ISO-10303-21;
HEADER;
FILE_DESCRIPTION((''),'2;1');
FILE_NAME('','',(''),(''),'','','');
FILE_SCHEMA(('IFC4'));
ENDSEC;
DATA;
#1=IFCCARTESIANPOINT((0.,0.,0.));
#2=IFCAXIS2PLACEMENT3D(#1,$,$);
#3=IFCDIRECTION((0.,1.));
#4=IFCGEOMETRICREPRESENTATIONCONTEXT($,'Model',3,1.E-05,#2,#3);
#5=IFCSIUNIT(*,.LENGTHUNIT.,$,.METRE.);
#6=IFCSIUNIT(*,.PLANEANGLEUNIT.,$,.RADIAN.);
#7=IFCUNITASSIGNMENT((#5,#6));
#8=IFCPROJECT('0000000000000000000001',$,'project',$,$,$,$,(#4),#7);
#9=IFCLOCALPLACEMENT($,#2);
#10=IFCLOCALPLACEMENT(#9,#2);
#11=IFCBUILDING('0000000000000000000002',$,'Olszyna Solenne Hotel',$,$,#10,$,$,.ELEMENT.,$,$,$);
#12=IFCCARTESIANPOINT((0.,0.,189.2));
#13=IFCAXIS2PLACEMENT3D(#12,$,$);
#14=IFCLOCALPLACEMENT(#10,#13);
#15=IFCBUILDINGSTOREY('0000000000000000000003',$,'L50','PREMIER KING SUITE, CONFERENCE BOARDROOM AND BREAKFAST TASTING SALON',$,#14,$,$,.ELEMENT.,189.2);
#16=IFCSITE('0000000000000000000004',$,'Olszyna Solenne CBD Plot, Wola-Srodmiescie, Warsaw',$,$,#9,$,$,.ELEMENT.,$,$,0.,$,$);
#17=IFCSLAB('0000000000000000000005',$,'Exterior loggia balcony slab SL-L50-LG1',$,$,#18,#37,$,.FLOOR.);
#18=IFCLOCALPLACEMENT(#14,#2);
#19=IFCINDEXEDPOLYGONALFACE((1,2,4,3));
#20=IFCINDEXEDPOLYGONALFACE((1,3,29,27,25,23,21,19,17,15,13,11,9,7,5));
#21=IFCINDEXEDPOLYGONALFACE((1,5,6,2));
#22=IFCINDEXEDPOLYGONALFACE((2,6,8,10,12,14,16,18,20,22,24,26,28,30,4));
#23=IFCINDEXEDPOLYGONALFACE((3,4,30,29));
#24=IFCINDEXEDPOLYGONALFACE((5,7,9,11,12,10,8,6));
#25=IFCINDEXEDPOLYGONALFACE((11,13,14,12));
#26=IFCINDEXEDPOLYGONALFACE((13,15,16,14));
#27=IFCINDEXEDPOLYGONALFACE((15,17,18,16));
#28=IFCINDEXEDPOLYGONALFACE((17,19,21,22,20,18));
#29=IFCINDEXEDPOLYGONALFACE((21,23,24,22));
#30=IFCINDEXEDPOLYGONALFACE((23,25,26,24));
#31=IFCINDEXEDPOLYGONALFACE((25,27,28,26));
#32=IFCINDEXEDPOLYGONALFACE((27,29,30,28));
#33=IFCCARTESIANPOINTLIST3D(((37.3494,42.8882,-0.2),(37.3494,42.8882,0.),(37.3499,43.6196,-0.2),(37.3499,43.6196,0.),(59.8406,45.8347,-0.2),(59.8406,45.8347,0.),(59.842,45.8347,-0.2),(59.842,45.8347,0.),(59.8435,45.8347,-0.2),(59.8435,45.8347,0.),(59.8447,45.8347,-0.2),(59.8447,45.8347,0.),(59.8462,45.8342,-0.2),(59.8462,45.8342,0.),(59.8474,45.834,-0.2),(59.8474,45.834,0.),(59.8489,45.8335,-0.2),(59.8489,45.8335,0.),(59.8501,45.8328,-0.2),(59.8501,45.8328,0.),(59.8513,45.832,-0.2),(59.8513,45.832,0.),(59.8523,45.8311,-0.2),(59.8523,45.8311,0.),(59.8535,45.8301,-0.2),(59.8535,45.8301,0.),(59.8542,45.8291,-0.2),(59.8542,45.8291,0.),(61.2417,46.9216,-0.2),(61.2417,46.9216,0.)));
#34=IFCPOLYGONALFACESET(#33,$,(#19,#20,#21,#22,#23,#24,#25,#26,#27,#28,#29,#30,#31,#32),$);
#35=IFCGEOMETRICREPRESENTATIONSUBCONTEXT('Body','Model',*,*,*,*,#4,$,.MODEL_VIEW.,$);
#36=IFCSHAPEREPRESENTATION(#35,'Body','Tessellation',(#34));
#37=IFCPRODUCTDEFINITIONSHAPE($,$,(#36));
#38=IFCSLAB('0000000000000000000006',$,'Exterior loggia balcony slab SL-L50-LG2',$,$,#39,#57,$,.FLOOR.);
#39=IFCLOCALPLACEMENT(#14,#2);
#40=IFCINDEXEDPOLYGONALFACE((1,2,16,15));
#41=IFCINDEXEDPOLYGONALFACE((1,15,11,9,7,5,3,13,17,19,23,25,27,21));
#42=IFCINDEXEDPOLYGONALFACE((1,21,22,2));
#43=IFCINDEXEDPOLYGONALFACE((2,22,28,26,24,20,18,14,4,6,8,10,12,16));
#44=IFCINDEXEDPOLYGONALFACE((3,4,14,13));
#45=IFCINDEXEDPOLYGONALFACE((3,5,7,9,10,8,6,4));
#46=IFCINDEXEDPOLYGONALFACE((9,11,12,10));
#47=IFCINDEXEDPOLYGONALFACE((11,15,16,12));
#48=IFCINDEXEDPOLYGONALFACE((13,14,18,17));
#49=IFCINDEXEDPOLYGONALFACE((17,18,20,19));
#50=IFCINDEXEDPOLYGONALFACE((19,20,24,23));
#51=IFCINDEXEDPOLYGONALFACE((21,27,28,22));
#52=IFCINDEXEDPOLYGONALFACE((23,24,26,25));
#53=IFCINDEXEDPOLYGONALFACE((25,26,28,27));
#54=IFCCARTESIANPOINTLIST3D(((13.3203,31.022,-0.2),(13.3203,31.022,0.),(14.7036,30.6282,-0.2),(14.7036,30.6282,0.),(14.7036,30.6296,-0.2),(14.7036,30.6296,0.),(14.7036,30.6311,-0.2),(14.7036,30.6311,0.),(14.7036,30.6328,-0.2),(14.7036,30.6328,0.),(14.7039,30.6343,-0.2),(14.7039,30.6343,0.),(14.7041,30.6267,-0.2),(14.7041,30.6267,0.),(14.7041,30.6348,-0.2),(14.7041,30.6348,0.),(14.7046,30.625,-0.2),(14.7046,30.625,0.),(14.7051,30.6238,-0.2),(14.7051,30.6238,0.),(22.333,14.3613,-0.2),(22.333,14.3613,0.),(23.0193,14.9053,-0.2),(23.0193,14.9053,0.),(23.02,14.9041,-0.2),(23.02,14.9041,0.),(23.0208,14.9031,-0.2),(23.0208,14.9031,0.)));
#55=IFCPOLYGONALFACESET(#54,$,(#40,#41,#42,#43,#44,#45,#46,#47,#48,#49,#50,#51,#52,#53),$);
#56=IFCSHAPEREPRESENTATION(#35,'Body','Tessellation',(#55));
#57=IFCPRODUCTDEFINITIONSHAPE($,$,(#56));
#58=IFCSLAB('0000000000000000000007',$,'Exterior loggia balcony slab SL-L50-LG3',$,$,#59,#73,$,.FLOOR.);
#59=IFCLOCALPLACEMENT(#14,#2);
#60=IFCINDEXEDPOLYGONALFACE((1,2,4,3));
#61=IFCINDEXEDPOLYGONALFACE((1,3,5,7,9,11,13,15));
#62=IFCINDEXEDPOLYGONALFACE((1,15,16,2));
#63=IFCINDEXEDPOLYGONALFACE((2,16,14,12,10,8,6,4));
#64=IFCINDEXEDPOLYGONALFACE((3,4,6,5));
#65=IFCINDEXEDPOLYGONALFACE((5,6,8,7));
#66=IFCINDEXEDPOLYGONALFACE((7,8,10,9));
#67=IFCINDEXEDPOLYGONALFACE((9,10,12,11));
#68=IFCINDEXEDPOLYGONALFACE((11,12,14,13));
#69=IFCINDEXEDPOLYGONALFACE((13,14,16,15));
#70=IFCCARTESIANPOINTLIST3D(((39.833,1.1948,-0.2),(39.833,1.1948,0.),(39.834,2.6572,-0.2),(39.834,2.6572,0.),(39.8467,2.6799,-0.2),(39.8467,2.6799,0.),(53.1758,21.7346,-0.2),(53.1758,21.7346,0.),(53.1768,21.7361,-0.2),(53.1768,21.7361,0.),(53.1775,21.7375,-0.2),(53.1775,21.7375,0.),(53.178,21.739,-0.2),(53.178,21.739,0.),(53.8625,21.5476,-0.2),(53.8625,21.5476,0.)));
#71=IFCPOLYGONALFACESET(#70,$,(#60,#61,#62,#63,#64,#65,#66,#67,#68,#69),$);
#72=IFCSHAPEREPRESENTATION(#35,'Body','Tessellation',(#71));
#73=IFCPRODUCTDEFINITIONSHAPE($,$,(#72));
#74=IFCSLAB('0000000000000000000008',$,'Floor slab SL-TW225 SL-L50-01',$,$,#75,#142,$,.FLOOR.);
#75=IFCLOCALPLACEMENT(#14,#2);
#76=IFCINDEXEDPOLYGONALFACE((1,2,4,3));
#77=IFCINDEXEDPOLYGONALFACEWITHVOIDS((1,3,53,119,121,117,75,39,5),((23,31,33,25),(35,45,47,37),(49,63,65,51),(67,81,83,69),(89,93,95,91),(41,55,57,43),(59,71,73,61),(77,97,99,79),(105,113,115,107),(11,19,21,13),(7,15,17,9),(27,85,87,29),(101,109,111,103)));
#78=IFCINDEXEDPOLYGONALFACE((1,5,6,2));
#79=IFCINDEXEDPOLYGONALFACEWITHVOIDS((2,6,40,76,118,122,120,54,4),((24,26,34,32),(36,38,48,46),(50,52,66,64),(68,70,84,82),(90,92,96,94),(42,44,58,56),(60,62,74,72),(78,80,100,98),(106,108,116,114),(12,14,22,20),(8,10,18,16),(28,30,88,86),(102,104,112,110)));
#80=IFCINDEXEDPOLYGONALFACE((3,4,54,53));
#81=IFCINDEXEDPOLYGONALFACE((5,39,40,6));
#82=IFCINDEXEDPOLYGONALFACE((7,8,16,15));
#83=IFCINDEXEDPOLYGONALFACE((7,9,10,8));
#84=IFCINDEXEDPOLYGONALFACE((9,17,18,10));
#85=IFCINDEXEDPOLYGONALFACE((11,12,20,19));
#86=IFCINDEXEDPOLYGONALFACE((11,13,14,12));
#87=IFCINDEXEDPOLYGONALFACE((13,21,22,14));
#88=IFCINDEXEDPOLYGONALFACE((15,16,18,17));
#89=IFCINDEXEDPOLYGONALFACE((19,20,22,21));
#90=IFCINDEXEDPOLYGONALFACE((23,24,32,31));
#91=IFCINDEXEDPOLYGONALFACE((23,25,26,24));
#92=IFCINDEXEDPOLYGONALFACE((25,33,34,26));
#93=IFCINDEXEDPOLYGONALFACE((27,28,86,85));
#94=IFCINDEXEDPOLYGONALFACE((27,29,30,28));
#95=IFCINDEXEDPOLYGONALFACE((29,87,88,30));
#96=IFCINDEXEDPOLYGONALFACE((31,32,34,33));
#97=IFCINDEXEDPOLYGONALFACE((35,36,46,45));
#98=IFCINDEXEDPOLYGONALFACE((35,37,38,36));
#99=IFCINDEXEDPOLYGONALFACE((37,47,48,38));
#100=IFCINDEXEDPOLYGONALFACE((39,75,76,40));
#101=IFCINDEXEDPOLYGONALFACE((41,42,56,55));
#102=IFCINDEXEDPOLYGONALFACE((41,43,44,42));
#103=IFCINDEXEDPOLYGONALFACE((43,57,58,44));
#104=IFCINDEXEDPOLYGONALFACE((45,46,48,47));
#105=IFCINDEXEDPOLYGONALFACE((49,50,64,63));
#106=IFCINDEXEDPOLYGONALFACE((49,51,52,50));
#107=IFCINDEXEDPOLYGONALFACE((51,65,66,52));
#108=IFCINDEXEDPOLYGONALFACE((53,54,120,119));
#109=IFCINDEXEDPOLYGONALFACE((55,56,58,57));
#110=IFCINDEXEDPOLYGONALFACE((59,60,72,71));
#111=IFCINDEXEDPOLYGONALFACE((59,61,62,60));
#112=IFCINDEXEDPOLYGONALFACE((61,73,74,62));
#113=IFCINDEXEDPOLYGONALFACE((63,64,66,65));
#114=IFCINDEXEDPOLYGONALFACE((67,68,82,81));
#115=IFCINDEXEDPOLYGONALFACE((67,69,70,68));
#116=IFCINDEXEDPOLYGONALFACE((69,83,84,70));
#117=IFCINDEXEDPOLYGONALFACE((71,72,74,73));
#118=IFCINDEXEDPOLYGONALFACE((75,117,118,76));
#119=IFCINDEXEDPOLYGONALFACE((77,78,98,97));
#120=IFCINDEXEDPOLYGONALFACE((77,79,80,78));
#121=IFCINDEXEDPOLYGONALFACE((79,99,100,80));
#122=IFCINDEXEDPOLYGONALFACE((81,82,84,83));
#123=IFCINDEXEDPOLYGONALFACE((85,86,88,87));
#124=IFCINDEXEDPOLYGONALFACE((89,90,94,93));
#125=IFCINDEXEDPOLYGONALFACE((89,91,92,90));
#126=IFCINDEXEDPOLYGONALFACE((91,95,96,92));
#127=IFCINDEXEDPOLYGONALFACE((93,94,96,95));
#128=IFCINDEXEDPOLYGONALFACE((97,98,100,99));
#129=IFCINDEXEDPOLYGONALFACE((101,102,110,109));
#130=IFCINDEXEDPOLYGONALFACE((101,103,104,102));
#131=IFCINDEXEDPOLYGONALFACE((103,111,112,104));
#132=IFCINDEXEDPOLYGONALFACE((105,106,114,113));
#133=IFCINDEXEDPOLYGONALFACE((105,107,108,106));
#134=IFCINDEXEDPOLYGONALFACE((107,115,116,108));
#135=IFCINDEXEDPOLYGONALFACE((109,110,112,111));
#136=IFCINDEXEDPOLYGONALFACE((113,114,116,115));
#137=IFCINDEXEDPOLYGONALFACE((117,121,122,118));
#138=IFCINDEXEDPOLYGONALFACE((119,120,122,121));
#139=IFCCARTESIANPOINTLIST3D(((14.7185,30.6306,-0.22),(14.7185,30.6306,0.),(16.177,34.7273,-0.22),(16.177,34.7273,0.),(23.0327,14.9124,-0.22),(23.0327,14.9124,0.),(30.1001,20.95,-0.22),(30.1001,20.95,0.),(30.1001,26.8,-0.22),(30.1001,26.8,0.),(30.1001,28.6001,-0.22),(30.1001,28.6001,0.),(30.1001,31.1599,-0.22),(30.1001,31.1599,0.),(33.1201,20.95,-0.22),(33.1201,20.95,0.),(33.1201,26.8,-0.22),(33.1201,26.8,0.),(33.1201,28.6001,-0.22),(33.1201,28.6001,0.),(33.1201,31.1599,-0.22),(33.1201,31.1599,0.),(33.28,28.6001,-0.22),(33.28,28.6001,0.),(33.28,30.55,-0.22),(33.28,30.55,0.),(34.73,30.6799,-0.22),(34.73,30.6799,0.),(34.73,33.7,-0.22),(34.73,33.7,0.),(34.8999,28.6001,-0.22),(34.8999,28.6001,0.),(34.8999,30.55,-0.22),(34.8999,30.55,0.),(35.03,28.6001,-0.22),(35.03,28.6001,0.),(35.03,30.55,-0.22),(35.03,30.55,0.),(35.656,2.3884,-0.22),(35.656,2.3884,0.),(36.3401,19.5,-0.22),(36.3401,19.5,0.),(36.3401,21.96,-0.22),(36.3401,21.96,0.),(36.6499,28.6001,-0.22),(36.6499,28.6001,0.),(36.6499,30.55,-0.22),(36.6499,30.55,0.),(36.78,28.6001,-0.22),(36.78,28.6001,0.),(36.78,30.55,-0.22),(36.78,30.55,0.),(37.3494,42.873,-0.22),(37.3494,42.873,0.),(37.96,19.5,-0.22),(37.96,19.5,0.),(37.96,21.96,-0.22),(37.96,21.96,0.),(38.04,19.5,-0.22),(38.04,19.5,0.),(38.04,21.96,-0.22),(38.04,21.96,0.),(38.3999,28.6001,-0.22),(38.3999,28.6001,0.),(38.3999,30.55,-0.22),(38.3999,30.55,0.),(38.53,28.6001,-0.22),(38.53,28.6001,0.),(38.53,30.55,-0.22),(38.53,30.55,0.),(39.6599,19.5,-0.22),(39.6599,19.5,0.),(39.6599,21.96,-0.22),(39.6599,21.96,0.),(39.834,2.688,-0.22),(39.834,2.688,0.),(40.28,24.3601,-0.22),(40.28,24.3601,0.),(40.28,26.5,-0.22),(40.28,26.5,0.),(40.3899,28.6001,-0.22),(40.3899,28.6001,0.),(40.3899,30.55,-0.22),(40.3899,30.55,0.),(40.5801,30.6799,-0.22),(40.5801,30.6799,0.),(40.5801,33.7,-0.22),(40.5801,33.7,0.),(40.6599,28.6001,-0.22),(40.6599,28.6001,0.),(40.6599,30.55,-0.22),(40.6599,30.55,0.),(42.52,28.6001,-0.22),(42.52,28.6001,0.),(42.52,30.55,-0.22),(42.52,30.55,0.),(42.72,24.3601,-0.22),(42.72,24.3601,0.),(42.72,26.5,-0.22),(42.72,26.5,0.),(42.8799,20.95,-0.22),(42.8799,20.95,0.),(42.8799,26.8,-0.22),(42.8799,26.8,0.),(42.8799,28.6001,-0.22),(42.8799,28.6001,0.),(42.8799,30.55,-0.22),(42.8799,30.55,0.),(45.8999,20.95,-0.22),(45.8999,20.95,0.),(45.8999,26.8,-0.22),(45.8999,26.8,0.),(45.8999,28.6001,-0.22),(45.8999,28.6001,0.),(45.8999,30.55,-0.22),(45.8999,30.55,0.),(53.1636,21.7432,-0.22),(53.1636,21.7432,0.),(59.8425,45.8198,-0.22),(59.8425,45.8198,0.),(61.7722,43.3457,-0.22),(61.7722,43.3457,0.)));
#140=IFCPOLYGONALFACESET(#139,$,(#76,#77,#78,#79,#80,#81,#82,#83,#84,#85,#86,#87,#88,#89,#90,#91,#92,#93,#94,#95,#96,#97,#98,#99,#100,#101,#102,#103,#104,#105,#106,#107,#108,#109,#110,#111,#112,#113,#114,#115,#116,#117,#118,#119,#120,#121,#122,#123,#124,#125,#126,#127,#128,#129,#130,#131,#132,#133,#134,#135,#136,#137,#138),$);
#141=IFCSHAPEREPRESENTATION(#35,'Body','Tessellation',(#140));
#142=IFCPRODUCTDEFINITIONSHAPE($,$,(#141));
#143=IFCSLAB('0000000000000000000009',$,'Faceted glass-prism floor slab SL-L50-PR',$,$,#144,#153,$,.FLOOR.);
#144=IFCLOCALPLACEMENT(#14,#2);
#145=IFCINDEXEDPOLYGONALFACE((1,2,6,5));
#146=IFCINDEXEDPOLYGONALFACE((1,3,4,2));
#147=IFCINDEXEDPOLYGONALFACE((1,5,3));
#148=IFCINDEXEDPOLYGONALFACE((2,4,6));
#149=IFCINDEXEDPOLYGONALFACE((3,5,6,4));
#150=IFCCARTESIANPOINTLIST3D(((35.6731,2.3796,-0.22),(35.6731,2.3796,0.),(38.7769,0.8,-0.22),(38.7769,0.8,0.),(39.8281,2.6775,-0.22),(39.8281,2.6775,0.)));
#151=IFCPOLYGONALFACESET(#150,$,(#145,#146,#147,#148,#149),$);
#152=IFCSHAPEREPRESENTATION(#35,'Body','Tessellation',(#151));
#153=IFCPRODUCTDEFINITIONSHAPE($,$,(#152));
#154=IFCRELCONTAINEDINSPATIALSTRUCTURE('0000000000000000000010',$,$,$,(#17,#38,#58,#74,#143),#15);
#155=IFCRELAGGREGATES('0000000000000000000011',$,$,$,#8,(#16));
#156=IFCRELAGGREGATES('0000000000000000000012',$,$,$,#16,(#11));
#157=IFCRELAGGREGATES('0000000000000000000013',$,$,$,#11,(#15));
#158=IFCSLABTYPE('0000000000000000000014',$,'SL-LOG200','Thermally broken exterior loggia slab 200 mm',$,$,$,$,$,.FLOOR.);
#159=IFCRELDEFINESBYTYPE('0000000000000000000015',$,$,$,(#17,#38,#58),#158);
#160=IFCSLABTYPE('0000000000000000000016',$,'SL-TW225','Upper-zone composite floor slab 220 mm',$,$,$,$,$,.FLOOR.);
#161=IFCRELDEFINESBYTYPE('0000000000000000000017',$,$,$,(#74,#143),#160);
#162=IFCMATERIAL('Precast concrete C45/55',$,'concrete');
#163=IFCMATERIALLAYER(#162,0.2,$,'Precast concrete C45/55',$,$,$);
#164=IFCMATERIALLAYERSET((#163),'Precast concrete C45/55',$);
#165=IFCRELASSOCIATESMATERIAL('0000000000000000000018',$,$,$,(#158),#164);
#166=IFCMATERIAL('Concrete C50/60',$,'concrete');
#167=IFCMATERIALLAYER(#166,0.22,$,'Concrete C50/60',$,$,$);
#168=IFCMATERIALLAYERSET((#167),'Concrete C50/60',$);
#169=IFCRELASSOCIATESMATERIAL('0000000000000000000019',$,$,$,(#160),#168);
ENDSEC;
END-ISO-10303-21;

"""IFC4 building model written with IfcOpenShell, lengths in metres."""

from ifc_helpers import new_model, si_unit, direction, frame, origin, place, context, subcontext, project, spatial, polyline, outline, extrude, material, layer, layer_set, type_object, element, save


model = new_model("IFC4")

# Units and contexts
model_context = context("Model", 3, precision=1e-05, world=origin(), true_north=direction((0.0, 1.0)))
body_context = subcontext(model_context, "Body", "Model", "MODEL_VIEW")
ifc_project = project(units=[si_unit("LENGTHUNIT", "METRE"), si_unit("PLANEANGLEUNIT", "RADIAN")], contexts=[model_context])

# Site, building, storey
site_placement = place(None, origin())
site = spatial("IfcSite", under=ifc_project, at=site_placement, Name="Olszyna Solenne CBD Plot, Wola-Srodmiescie, Warsaw", CompositionType="ELEMENT", RefElevation=0.0)
building_placement = place(site_placement, origin())
building = spatial("IfcBuilding", under=site, at=building_placement, Name="Olszyna Solenne Hotel", CompositionType="ELEMENT")
storey_placement = place(building_placement, frame((0.0, 0.0, 189.2)))
storey = spatial("IfcBuildingStorey", under=building, at=storey_placement, Name="L50", Description="PREMIER KING SUITE, CONFERENCE BOARDROOM AND BREAKFAST TASTING SALON", CompositionType="ELEMENT", Elevation=189.2)

# Slabs
ifc_material_1 = material(Name="Precast concrete C45/55", Category="concrete")
ifc_layer_1 = layer(ifc_material_1, 0.2, Name="Precast concrete C45/55")
ifc_layer_set_1 = layer_set([ifc_layer_1], Name="Precast concrete C45/55")
slab_type_1 = type_object("IfcSlabType", Name="SL-LOG200", Description="Thermally broken exterior loggia slab 200 mm", PredefinedType="FLOOR", material=ifc_layer_set_1)
slab_1_placement = place(storey_placement, frame((0.0, 0.0, -0.2)))
element("IfcSlab", 1, at=slab_1_placement, inside=storey, type_object=slab_type_1, Name="Exterior loggia balcony slab SL-L50-LG1", PredefinedType="FLOOR", context=body_context, shape_type="SweptSolid", body=[
    extrude(outline(polyline([(37.3494, 42.8882), (59.8406, 45.8347), (59.842, 45.8347), (59.8435, 45.8347), (59.8447, 45.8347), (59.8462, 45.8342), (59.8474, 45.834), (59.8489, 45.8335), (59.8501, 45.8328), (59.8513, 45.832), (59.8523, 45.8311), (59.8535, 45.8301), (59.8542, 45.8291), (61.2417, 46.9216), (37.3499, 43.6196), (37.3494, 42.8882)])), origin(), (0.0, 0.0, 1.0), 0.2),
])
slab_2_placement = place(storey_placement, frame((0.0, 0.0, -0.2)))
element("IfcSlab", 2, at=slab_2_placement, inside=storey, type_object=slab_type_1, Name="Exterior loggia balcony slab SL-L50-LG2", PredefinedType="FLOOR", context=body_context, shape_type="SweptSolid", body=[
    extrude(outline(polyline([(23.0208, 14.9031), (23.02, 14.9041), (23.0193, 14.9053), (14.7051, 30.6238), (14.7046, 30.625), (14.7041, 30.6267), (14.7036, 30.6282), (14.7036, 30.6296), (14.7036, 30.6311), (14.7036, 30.6328), (14.7039, 30.6343), (14.7041, 30.6348), (13.3203, 31.022), (22.333, 14.3613), (23.0208, 14.9031)])), origin(), (0.0, 0.0, 1.0), 0.2),
])
slab_3_placement = place(storey_placement, frame((0.0, 0.0, -0.2)))
element("IfcSlab", 3, at=slab_3_placement, inside=storey, type_object=slab_type_1, Name="Exterior loggia balcony slab SL-L50-LG3", PredefinedType="FLOOR", context=body_context, shape_type="SweptSolid", body=[
    extrude(outline(polyline([(53.178, 21.739), (53.1775, 21.7375), (53.1768, 21.7361), (53.1758, 21.7346), (39.8467, 2.6799), (39.834, 2.6572), (39.833, 1.1948), (53.8625, 21.5476), (53.178, 21.739)])), origin(), (0.0, 0.0, 1.0), 0.2),
])
ifc_material_2 = material(Name="Concrete C50/60", Category="concrete")
ifc_layer_2 = layer(ifc_material_2, 0.22, Name="Concrete C50/60")
ifc_layer_set_2 = layer_set([ifc_layer_2], Name="Concrete C50/60")
slab_type_2 = type_object("IfcSlabType", Name="SL-TW225", Description="Upper-zone composite floor slab 220 mm", PredefinedType="FLOOR", material=ifc_layer_set_2)
slab_4_placement = place(storey_placement, frame((0.0, 0.0, -0.22)))
element("IfcSlab", 4, at=slab_4_placement, inside=storey, type_object=slab_type_2, Name="Floor slab SL-TW225 SL-L50-01", PredefinedType="FLOOR", context=body_context, shape_type="SweptSolid", body=[
    extrude(outline(polyline([(61.7722, 43.3457), (59.8425, 45.8198), (37.3494, 42.873), (16.177, 34.7273), (14.7185, 30.6306), (23.0327, 14.9124), (35.656, 2.3884), (39.834, 2.688), (53.1636, 21.7432), (61.7722, 43.3457)]), holes=[polyline([(30.1001, 20.95), (33.1201, 20.95), (33.1201, 26.8), (30.1001, 26.8), (30.1001, 20.95)]), polyline([(42.8799, 20.95), (45.8999, 20.95), (45.8999, 26.8), (42.8799, 26.8), (42.8799, 20.95)]), polyline([(34.73, 30.6799), (40.5801, 30.6799), (40.5801, 33.7), (34.73, 33.7), (34.73, 30.6799)]), polyline([(36.3401, 19.5), (37.96, 19.5), (37.96, 21.96), (36.3401, 21.96), (36.3401, 19.5)]), polyline([(38.04, 19.5), (39.6599, 19.5), (39.6599, 21.96), (38.04, 21.96), (38.04, 19.5)]), polyline([(30.1001, 28.6001), (33.1201, 28.6001), (33.1201, 31.1599), (30.1001, 31.1599), (30.1001, 28.6001)]), polyline([(40.28, 24.3601), (42.72, 24.3601), (42.72, 26.5), (40.28, 26.5), (40.28, 24.3601)]), polyline([(33.28, 28.6001), (34.8999, 28.6001), (34.8999, 30.55), (33.28, 30.55), (33.28, 28.6001)]), polyline([(35.03, 28.6001), (36.6499, 28.6001), (36.6499, 30.55), (35.03, 30.55), (35.03, 28.6001)]), polyline([(36.78, 28.6001), (38.3999, 28.6001), (38.3999, 30.55), (36.78, 30.55), (36.78, 28.6001)]), polyline([(38.53, 28.6001), (40.3899, 28.6001), (40.3899, 30.55), (38.53, 30.55), (38.53, 28.6001)]), polyline([(40.6599, 28.6001), (42.52, 28.6001), (42.52, 30.55), (40.6599, 30.55), (40.6599, 28.6001)]), polyline([(42.8799, 28.6001), (45.8999, 28.6001), (45.8999, 30.55), (42.8799, 30.55), (42.8799, 28.6001)])]), origin(), (0.0, 0.0, 1.0), 0.22),
])
slab_5_placement = place(storey_placement, frame((0.0, 0.0, -0.22)))
element("IfcSlab", 5, at=slab_5_placement, inside=storey, type_object=slab_type_2, Name="Faceted glass-prism floor slab SL-L50-PR", PredefinedType="FLOOR", context=body_context, shape_type="SweptSolid", body=[
    extrude(outline(polyline([(39.8281, 2.6775), (35.6731, 2.3796), (38.7769, 0.8), (39.8281, 2.6775)])), origin(), (0.0, 0.0, 1.0), 0.22),
])

save(model, "model.ifc")
